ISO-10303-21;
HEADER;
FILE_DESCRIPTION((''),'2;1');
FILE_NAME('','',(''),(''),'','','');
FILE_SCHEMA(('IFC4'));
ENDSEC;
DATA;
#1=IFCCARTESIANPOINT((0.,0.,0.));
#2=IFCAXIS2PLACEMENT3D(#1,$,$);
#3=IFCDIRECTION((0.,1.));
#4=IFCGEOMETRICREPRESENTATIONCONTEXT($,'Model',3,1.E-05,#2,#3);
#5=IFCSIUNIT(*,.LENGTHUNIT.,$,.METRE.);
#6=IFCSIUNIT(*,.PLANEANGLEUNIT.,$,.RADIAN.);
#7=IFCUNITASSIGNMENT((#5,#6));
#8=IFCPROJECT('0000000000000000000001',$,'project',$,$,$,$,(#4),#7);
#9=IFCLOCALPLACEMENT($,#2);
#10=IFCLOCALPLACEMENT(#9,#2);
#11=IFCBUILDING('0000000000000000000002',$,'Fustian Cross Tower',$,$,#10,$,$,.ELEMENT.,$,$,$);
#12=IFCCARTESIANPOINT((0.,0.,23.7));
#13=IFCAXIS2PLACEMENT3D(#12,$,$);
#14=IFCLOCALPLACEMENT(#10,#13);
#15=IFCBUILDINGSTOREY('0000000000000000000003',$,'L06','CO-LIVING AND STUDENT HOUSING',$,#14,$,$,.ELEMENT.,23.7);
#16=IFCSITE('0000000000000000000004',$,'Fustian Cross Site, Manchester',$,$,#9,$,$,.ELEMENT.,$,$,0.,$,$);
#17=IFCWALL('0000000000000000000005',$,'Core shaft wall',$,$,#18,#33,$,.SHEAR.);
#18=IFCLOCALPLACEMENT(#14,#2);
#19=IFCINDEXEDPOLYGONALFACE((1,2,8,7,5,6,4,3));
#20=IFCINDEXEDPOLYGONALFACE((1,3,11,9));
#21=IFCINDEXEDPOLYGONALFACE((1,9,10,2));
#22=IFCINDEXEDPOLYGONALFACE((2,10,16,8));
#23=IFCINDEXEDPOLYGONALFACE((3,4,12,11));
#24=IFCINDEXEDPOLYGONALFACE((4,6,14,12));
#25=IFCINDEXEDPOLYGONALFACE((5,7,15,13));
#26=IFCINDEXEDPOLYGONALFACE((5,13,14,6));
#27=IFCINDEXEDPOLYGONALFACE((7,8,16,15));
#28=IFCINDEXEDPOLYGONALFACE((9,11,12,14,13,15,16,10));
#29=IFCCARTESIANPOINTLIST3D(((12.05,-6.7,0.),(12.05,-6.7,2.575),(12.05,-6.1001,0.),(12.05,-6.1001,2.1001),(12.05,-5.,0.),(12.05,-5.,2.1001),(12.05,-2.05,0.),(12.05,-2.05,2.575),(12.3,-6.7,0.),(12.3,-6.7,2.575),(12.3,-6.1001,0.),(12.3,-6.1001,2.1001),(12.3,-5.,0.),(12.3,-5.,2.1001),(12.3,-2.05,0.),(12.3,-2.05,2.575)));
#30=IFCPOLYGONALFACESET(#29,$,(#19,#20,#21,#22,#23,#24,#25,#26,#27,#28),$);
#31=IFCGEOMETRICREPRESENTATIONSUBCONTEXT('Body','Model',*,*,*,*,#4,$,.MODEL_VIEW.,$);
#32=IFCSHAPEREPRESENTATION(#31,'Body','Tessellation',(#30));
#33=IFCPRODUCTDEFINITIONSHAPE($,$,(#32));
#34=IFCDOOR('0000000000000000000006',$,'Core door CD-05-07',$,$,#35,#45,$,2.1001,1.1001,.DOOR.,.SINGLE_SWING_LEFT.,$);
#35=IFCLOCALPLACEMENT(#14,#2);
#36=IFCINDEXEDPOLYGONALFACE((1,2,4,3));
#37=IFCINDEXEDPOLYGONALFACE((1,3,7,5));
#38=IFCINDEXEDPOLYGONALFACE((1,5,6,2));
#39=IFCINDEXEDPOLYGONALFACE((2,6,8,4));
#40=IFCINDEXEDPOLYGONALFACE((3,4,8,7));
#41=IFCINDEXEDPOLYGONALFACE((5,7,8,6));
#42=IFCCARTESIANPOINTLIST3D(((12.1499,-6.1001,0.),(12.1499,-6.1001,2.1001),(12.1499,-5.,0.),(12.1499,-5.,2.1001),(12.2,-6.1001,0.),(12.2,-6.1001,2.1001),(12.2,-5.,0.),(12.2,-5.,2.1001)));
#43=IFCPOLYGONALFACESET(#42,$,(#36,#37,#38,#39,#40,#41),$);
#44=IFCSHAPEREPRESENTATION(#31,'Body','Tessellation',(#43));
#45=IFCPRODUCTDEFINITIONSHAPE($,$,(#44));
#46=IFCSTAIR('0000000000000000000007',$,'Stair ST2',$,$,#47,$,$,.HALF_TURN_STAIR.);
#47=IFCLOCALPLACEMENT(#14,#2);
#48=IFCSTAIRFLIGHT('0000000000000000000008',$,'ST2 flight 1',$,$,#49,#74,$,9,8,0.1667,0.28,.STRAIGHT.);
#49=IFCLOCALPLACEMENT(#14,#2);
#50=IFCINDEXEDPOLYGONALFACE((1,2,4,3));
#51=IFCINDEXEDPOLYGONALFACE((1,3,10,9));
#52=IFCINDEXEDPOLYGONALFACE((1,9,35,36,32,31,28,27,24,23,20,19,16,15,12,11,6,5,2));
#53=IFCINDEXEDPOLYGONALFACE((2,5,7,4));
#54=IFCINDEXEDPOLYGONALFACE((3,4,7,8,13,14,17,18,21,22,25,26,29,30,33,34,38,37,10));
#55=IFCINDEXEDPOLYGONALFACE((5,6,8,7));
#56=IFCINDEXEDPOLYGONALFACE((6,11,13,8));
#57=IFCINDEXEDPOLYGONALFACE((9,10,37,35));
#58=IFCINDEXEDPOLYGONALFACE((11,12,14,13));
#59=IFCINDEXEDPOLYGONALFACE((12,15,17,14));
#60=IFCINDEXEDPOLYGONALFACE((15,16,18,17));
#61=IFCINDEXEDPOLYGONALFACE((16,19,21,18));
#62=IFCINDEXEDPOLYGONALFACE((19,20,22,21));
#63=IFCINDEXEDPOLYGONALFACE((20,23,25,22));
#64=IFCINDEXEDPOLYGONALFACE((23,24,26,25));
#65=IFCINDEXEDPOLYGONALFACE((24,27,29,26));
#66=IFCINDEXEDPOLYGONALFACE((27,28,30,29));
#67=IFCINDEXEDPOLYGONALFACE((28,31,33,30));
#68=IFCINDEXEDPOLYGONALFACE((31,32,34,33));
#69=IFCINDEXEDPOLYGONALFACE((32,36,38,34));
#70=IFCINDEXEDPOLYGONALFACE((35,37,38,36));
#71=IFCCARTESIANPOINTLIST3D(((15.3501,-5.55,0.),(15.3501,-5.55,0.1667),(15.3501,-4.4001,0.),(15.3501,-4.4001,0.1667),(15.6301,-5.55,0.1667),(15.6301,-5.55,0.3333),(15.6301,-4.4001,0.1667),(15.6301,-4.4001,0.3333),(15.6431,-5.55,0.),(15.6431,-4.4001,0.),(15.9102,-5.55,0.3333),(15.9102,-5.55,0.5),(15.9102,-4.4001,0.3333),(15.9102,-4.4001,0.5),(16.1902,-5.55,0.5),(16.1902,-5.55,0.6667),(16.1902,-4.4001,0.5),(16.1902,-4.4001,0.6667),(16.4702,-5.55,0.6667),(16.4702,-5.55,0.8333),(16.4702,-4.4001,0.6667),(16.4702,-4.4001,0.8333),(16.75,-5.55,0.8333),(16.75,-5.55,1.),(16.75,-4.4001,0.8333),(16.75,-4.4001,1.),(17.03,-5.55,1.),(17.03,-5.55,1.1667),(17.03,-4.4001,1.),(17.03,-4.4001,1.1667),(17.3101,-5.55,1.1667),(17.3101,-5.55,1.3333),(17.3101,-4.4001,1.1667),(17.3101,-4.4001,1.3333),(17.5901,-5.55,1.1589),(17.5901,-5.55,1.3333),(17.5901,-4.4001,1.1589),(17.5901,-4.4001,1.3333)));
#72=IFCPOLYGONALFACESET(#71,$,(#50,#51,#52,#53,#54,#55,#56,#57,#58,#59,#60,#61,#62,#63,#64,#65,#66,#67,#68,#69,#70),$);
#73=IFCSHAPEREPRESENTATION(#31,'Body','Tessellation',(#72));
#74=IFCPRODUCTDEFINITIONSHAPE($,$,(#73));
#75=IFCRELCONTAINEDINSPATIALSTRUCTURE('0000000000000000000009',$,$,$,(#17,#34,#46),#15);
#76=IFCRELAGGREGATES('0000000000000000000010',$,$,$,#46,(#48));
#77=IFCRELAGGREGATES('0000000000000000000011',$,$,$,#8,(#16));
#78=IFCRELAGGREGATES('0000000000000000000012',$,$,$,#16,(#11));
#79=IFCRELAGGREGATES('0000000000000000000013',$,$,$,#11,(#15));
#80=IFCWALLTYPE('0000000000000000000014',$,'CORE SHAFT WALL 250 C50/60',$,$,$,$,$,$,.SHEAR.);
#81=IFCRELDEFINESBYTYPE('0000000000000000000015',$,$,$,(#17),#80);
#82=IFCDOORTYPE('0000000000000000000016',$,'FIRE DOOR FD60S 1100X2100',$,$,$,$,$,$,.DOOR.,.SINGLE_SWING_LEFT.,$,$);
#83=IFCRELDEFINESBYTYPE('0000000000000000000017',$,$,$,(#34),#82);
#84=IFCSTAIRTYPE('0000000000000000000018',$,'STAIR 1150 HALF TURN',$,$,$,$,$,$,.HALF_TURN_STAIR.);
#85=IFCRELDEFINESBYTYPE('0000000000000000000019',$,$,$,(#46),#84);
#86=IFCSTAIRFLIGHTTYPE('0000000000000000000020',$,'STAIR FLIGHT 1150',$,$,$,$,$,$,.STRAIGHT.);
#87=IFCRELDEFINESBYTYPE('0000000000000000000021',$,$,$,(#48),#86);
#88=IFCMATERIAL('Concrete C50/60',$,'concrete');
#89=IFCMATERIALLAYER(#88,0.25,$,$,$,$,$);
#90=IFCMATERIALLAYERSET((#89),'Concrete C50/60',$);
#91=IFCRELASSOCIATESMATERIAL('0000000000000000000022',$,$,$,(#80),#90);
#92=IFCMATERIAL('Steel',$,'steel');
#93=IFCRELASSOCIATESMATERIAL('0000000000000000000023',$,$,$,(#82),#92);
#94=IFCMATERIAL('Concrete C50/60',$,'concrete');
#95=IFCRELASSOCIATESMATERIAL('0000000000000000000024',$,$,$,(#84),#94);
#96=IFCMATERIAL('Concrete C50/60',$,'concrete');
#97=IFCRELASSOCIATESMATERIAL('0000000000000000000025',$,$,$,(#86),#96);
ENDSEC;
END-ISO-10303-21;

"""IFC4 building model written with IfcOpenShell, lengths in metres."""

from ifc_helpers import new_model, si_unit, direction, frame, frame_2d, origin, place, context, subcontext, project, spatial, polyline, rectangle, outline, extrude, material, layer, layer_set, type_object, element, fill, aggregate, save


model = new_model("IFC4")

# Units and contexts
model_context = context("Model", 3, precision=1e-05, world=origin(), true_north=direction((0.0, 1.0)))
body_context = subcontext(model_context, "Body", "Model", "MODEL_VIEW")
ifc_project = project(units=[si_unit("LENGTHUNIT", "METRE"), si_unit("PLANEANGLEUNIT", "RADIAN")], contexts=[model_context])

# Site, building, storey
site_placement = place(None, origin())
site = spatial("IfcSite", under=ifc_project, at=site_placement, Name="Fustian Cross Site, Manchester", CompositionType="ELEMENT", RefElevation=0.0)
building_placement = place(site_placement, origin())
building = spatial("IfcBuilding", under=site, at=building_placement, Name="Fustian Cross Tower", CompositionType="ELEMENT")
storey_placement = place(building_placement, frame((0.0, 0.0, 23.7)))
storey = spatial("IfcBuildingStorey", under=building, at=storey_placement, Name="L06", Description="CO-LIVING AND STUDENT HOUSING", CompositionType="ELEMENT", Elevation=23.7)

# Shared definitions
ifc_material_1 = material(Name="Concrete C50/60", Category="concrete")
ifc_layer_1 = layer(ifc_material_1, 0.25)
ifc_layer_set_1 = layer_set([ifc_layer_1], Name="Concrete C50/60")
wall_type_1 = type_object("IfcWallType", Name="CORE SHAFT WALL 250 C50/60", PredefinedType="SHEAR", material=ifc_layer_set_1)

# Wall, opening, door
wall_1_placement = place(storey_placement, frame((12.175, -2.05, 0.0), z_axis=(0.0, 0.0, 1.0), x_axis=(0.0, -1.0, 0.0)))
wall_1 = element("IfcWall", 1, at=wall_1_placement, inside=storey, type_object=wall_type_1, Name="Core shaft wall", PredefinedType="SHEAR", context=body_context, shape_type="SweptSolid", body=[
    extrude(rectangle(XDim=4.6499, YDim=0.25, at=frame_2d((2.325, 0.0))), origin(), (0.0, 0.0, 1.0), 2.575),
])
opening_1_placement = place(wall_1_placement, frame((2.95, 0.0, 0.0)))
opening_1 = element("IfcOpeningElement", 2, at=opening_1_placement, cuts=wall_1, PredefinedType="OPENING", context=body_context, shape_type="SweptSolid", body=[
    extrude(rectangle(XDim=1.1001, YDim=2.1001, at=frame_2d((0.55, 1.05))), frame((0.0, 0.135, 0.0), z_axis=(0.0, -1.0, 0.0), x_axis=(1.0, 0.0, 0.0)), (0.0, 0.0, 1.0), 0.27),
])
ifc_material_2 = material(Name="Steel", Category="steel")
door_type_1 = type_object("IfcDoorType", Name="FIRE DOOR FD60S 1100X2100", OperationType="SINGLE_SWING_LEFT", PredefinedType="DOOR", material=ifc_material_2)
door_1_placement = place(opening_1_placement, origin())
door_1 = element("IfcDoor", 3, at=door_1_placement, inside=storey, type_object=door_type_1, Name="Core door CD-05-07", OperationType="SINGLE_SWING_LEFT", OverallHeight=2.1001, OverallWidth=1.1001, PredefinedType="DOOR", context=body_context, shape_type="SweptSolid", body=[
    extrude(rectangle(XDim=1.1001, YDim=2.1001, at=frame_2d((0.55, 1.05))), frame((0.0, 0.0249, 0.0), z_axis=(0.0, -1.0, 0.0), x_axis=(1.0, 0.0, 0.0)), (0.0, 0.0, 1.0), 0.05),
])
fill(opening_1, door_1)

# Stair, stair flight
ifc_material_3 = material(Name="Concrete C50/60", Category="concrete")
stair_type = type_object("IfcStairType", Name="STAIR 1150 HALF TURN", PredefinedType="HALF_TURN_STAIR", material=ifc_material_3)
stair_placement = place(storey_placement, origin())
stair = element("IfcStair", 4, at=stair_placement, inside=storey, type_object=stair_type, Name="Stair ST2", PredefinedType="HALF_TURN_STAIR")
ifc_material_4 = material(Name="Concrete C50/60", Category="concrete")
stair_flight_type = type_object("IfcStairFlightType", Name="STAIR FLIGHT 1150", PredefinedType="STRAIGHT", material=ifc_material_4)
stair_flight_placement = place(storey_placement, frame((15.3501, -4.9751, 0.0), z_axis=(0.0, 0.0, 1.0), x_axis=(1.0, 0.0, 0.0)))
stair_flight = element("IfcStairFlight", 5, at=stair_flight_placement, type_object=stair_flight_type, Name="ST2 flight 1", NumberOfRisers=9, NumberOfTreads=8, PredefinedType="STRAIGHT", RiserHeight=0.1667, TreadLength=0.28, context=body_context, shape_type="SweptSolid", body=[
    extrude(outline(polyline([(0.0, 0.0), (0.0, 0.1667), (0.28, 0.1667), (0.28, 0.3333), (0.5601, 0.3333), (0.5601, 0.5), (0.8401, 0.5), (0.8401, 0.6667), (1.1201, 0.6667), (1.1201, 0.8333), (1.3999, 0.8333), (1.3999, 1.0), (1.6799, 1.0), (1.6799, 1.1667), (1.96, 1.1667), (1.96, 1.3333), (2.24, 1.3333), (2.24, 1.5), (2.24, 1.1589), (0.293, 0.0), (0.0, 0.0)])), frame((0.0, 0.575, 0.0), z_axis=(0.0, -1.0, 0.0), x_axis=(1.0, 0.0, 0.0)), (0.0, 0.0, 1.0), 1.1499),
])
aggregate(stair, [stair_flight])

save(model, "model.ifc")
